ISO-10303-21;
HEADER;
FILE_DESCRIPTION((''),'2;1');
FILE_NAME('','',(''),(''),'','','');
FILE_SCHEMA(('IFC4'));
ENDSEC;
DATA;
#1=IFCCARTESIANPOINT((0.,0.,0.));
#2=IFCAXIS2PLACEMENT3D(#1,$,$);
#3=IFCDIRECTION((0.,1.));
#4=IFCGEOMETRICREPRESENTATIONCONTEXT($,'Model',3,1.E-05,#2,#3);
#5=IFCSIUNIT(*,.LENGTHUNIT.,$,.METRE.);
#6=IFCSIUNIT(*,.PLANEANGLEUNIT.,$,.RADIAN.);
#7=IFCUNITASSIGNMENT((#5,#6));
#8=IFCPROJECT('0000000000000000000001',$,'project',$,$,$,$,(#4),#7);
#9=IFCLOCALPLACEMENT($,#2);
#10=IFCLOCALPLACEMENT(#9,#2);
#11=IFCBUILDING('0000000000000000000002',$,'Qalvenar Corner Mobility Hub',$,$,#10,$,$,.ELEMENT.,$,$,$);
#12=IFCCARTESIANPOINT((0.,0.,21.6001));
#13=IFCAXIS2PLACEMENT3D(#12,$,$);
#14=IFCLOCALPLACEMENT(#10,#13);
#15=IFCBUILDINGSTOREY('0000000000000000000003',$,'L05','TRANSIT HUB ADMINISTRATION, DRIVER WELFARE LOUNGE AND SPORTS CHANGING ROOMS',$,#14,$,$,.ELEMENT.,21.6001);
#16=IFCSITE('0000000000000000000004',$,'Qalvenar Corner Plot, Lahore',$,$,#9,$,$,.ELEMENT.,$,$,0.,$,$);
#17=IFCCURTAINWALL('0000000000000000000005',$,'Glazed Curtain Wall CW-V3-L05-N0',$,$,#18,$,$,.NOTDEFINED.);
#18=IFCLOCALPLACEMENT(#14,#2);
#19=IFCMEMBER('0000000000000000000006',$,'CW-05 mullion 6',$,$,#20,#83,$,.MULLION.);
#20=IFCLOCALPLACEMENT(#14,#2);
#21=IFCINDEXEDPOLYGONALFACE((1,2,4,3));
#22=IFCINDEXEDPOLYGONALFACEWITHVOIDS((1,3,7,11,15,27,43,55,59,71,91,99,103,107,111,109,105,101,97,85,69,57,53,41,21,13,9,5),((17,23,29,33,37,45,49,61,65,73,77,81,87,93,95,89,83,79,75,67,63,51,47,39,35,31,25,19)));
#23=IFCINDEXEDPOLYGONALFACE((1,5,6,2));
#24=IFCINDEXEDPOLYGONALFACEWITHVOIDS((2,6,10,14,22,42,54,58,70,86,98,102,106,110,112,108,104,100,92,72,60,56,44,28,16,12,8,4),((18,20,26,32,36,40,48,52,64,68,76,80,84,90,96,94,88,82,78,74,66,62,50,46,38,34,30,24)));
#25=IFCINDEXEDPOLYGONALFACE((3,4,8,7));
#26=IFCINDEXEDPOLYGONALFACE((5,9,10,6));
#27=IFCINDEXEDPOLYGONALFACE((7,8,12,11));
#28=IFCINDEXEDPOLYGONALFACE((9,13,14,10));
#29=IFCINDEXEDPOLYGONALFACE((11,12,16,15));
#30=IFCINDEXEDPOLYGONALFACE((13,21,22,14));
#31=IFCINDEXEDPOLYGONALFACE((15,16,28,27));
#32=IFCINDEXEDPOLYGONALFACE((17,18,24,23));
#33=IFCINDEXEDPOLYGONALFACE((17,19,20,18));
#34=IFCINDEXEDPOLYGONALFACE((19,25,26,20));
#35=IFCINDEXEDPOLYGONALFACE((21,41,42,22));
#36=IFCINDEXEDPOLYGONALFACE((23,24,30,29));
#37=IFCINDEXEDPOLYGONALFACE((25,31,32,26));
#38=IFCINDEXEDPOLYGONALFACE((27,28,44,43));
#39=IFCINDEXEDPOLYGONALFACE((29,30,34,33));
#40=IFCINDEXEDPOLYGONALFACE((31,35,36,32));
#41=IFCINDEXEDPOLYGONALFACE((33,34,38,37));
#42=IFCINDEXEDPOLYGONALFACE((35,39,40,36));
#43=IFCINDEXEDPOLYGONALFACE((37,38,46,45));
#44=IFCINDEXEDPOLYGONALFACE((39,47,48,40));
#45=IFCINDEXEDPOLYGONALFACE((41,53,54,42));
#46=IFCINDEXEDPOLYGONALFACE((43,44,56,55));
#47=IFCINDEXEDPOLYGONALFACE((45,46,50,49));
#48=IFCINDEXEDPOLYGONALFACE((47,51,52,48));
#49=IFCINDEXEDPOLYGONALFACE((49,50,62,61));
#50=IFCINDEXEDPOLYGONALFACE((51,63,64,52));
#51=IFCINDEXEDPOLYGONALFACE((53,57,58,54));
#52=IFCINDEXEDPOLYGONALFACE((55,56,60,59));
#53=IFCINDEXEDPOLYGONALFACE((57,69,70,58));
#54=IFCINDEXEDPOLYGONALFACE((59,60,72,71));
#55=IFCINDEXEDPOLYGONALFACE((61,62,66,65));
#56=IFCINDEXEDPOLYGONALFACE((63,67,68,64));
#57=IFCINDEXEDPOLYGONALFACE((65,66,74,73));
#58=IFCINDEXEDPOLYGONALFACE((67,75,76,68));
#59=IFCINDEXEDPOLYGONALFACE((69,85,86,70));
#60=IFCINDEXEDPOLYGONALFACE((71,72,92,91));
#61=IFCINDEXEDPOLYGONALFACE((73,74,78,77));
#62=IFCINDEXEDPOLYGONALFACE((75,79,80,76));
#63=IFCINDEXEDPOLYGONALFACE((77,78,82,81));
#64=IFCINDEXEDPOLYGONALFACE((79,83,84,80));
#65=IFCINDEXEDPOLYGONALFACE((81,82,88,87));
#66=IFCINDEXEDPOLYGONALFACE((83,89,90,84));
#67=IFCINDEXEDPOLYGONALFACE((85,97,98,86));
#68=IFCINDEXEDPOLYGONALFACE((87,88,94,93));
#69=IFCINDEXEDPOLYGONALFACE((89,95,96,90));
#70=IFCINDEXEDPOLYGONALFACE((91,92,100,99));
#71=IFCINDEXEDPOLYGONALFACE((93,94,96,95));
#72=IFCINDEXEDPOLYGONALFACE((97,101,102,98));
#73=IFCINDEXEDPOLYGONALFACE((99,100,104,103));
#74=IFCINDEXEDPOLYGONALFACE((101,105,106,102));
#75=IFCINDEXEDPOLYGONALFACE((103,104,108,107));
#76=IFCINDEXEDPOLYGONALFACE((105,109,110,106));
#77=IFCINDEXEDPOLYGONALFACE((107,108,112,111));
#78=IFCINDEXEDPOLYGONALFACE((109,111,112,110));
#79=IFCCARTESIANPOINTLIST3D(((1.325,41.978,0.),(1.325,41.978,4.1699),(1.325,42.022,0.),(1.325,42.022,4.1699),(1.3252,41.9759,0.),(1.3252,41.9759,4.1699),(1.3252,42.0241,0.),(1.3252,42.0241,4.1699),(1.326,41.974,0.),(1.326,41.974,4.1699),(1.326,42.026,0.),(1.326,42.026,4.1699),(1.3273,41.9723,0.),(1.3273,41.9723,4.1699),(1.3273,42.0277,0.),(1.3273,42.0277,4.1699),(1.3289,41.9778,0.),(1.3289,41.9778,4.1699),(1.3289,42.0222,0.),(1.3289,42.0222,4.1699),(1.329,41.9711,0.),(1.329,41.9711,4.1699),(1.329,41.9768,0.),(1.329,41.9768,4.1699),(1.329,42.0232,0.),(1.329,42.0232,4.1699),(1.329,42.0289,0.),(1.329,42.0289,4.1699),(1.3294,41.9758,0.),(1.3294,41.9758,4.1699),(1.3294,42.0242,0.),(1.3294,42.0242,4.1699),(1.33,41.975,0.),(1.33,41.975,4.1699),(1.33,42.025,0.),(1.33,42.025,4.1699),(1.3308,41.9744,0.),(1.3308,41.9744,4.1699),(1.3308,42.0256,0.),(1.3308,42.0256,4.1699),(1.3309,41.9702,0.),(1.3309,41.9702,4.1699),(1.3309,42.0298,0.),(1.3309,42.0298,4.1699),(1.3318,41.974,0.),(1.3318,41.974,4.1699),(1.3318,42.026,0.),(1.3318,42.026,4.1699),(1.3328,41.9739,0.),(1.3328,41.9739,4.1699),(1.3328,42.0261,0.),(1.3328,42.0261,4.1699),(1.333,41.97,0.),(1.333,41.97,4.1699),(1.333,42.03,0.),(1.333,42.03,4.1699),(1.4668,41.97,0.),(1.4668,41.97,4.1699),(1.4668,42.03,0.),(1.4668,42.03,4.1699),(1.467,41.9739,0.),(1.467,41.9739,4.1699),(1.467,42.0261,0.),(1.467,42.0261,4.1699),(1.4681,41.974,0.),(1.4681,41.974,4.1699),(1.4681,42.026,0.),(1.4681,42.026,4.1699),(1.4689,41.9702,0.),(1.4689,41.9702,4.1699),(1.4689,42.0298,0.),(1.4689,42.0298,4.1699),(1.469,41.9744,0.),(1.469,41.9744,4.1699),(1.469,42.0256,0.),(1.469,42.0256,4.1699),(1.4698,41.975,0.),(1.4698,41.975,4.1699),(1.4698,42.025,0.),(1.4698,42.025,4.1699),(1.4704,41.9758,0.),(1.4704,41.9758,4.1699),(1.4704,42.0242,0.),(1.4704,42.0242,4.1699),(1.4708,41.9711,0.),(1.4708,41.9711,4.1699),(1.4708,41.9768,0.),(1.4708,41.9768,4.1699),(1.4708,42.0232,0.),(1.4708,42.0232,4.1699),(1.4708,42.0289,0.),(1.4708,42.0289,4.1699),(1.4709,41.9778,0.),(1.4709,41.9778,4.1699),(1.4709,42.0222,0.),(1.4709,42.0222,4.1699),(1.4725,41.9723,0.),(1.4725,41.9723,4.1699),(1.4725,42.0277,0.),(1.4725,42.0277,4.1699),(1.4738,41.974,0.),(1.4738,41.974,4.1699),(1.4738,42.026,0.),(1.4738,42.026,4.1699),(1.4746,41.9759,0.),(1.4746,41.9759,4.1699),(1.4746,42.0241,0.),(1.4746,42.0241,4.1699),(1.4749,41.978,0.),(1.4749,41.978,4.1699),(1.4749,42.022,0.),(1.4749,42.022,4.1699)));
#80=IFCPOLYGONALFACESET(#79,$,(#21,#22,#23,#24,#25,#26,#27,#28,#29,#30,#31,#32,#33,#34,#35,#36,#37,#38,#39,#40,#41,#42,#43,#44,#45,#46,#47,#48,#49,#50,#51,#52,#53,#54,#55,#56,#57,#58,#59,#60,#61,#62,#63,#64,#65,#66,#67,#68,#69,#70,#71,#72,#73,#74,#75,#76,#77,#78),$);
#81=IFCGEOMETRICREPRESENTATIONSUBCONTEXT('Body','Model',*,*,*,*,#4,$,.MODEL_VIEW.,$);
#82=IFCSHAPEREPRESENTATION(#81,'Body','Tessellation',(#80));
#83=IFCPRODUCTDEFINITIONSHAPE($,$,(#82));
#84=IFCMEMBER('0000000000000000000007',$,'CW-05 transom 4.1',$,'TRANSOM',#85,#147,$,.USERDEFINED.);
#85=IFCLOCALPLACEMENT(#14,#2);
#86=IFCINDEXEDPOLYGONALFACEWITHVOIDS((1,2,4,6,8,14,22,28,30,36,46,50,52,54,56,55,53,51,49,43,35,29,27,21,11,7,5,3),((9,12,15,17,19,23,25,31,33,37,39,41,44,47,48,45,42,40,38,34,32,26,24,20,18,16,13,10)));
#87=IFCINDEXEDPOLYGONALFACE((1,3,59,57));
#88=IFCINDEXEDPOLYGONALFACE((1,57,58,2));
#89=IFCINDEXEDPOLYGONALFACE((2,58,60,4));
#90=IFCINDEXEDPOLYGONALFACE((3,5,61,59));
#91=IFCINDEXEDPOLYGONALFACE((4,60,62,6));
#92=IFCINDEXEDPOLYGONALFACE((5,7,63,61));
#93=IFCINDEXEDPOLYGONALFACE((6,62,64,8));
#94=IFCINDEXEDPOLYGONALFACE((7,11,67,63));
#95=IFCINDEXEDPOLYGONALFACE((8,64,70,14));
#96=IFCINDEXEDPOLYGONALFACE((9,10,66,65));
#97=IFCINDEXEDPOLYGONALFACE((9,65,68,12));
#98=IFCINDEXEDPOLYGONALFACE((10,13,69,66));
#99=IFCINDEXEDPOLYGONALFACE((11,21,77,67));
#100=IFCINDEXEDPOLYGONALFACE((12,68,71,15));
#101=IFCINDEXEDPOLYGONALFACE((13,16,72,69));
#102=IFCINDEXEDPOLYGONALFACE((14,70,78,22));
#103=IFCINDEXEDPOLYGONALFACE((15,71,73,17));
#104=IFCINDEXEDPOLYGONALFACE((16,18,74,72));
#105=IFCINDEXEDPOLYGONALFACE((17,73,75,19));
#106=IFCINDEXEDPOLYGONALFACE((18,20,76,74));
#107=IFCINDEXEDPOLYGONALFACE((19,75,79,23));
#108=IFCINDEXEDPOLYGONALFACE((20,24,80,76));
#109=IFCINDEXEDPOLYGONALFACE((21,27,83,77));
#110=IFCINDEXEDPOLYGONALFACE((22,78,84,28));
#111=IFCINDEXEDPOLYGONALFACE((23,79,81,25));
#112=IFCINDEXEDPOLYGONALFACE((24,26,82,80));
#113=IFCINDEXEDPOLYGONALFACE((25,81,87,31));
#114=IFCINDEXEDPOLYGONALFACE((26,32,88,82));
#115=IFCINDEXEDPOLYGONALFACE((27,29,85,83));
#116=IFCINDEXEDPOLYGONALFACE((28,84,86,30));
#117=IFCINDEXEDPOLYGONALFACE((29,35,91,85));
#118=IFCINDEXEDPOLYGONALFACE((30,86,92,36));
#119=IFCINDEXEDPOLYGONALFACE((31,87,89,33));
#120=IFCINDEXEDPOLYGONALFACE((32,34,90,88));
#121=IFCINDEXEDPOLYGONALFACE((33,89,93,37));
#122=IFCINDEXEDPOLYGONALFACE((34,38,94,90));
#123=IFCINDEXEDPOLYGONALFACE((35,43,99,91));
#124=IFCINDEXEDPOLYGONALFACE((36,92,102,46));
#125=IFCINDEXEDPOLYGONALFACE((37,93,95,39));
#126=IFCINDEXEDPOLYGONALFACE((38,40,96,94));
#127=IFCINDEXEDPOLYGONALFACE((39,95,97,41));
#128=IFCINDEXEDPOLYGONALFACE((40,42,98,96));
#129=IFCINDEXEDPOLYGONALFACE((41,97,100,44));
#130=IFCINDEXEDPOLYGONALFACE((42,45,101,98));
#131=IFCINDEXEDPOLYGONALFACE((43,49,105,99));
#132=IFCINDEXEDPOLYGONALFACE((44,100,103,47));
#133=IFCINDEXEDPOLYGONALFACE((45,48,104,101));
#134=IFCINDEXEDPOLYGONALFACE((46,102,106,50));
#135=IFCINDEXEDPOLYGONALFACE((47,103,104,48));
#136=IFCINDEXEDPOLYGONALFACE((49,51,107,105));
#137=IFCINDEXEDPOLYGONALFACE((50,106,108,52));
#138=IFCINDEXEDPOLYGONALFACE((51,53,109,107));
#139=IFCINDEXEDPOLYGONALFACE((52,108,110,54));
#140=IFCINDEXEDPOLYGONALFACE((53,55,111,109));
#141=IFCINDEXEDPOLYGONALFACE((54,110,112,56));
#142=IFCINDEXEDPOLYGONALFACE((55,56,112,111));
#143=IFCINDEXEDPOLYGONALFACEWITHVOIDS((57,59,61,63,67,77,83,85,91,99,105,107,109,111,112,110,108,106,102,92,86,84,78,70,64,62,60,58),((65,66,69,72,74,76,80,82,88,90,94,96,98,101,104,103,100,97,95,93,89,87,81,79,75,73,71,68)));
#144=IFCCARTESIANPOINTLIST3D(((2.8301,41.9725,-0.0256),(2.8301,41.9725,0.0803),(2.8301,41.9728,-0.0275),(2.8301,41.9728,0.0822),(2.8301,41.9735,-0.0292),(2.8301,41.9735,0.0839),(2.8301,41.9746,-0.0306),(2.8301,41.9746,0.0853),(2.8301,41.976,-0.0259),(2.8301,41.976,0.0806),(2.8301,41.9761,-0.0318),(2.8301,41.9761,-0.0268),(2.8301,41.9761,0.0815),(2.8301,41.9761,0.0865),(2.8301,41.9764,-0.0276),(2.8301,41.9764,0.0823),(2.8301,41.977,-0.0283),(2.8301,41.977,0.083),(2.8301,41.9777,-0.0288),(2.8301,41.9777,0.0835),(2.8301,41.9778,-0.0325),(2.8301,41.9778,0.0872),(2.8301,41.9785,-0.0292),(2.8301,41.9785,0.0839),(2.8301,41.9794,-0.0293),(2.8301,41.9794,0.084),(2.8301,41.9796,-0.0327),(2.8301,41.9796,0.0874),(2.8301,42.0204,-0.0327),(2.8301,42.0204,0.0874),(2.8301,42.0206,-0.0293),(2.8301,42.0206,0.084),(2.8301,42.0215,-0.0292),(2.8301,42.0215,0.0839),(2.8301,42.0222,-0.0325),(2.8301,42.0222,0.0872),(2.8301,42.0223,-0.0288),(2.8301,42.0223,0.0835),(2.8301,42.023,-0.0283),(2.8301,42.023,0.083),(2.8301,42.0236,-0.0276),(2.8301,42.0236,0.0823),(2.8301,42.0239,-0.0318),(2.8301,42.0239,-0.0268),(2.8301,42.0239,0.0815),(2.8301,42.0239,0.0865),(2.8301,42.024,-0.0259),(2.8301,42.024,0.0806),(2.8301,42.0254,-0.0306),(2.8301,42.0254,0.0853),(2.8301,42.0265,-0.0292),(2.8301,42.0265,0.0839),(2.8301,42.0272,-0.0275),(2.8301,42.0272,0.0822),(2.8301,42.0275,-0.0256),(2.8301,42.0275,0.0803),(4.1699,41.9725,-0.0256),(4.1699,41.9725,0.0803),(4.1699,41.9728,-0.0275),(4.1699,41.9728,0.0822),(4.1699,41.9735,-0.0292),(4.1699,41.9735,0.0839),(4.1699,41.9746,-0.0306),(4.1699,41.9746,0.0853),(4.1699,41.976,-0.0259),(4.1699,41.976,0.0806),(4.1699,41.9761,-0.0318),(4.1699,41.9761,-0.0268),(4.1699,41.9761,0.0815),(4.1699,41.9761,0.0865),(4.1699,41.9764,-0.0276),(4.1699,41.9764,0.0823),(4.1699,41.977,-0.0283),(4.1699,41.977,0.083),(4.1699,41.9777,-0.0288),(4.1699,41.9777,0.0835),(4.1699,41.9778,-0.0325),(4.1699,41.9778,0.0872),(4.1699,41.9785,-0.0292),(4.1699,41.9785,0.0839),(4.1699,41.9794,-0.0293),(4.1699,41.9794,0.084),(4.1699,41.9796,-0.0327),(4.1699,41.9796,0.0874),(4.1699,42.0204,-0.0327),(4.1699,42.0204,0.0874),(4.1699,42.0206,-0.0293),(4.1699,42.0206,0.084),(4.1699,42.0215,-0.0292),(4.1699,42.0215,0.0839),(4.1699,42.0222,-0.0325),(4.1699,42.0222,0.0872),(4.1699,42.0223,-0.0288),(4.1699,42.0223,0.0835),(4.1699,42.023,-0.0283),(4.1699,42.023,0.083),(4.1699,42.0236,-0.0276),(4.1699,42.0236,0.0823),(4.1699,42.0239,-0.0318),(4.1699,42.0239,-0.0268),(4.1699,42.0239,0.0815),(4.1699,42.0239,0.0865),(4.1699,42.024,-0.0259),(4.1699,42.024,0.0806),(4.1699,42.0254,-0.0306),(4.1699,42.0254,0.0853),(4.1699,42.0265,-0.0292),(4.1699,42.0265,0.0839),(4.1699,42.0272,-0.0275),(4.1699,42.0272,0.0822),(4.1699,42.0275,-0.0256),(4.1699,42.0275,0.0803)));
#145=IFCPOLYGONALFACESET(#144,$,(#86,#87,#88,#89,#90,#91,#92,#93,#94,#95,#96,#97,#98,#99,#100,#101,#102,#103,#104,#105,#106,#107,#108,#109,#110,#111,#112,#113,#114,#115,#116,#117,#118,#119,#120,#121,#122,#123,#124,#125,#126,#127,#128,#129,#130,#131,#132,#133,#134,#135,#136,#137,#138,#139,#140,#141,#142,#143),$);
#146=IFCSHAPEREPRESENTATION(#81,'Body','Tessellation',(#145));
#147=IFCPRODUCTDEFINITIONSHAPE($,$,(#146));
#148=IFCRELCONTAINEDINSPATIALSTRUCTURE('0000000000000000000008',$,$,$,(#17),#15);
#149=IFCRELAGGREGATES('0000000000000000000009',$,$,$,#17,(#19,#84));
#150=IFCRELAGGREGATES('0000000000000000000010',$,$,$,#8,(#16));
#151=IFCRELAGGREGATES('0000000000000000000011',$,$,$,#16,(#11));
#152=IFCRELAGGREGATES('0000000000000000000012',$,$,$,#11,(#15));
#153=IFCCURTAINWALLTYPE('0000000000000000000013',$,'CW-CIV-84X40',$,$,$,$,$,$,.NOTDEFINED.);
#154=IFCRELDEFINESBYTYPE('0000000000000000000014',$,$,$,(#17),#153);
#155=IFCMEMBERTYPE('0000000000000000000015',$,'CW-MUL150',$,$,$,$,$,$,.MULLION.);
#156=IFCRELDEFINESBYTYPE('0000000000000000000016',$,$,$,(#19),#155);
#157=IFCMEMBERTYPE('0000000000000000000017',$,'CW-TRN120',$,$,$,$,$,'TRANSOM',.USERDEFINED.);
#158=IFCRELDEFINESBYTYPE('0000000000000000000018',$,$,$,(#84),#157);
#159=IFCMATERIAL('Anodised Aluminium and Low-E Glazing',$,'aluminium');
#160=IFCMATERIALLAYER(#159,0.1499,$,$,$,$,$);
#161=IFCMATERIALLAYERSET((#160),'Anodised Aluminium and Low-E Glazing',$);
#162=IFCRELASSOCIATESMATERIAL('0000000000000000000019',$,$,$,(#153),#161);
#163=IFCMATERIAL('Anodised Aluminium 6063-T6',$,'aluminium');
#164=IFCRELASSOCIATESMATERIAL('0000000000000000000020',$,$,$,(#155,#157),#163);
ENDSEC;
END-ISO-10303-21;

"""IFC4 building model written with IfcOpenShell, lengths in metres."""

from ifc_helpers import new_model, si_unit, direction, frame, origin, origin_2d, place, context, subcontext, project, spatial, hollow_rectangle, extrude, material, layer, layer_set, material_profile, profile_set, type_object, element, aggregate, save


model = new_model("IFC4")

# Units and contexts
model_context = context("Model", 3, precision=1e-05, world=origin(), true_north=direction((0.0, 1.0)))
body_context = subcontext(model_context, "Body", "Model", "MODEL_VIEW")
ifc_project = project(units=[si_unit("LENGTHUNIT", "METRE"), si_unit("PLANEANGLEUNIT", "RADIAN")], contexts=[model_context])

# Site, building, storey
site_placement = place(None, origin())
site = spatial("IfcSite", under=ifc_project, at=site_placement, Name="Qalvenar Corner Plot, Lahore", CompositionType="ELEMENT", RefElevation=0.0)
building_placement = place(site_placement, origin())
building = spatial("IfcBuilding", under=site, at=building_placement, Name="Qalvenar Corner Mobility Hub", CompositionType="ELEMENT")
storey_placement = place(building_placement, frame((0.0, 0.0, 21.6001)))
storey = spatial("IfcBuildingStorey", under=building, at=storey_placement, Name="L05", Description="TRANSIT HUB ADMINISTRATION, DRIVER WELFARE LOUNGE AND SPORTS CHANGING ROOMS", CompositionType="ELEMENT", Elevation=21.6001)

# Curtain wall, members
ifc_material_1 = material(Name="Anodised Aluminium and Low-E Glazing", Category="aluminium")
ifc_layer_1 = layer(ifc_material_1, 0.1499)
ifc_layer_set_1 = layer_set([ifc_layer_1], Name="Anodised Aluminium and Low-E Glazing")
curtain_wall_type = type_object("IfcCurtainWallType", Name="CW-CIV-84X40", PredefinedType="NOTDEFINED", material=ifc_layer_set_1)
curtain_wall_placement = place(storey_placement, origin())
curtain_wall = element("IfcCurtainWall", 1, at=curtain_wall_placement, inside=storey, type_object=curtain_wall_type, Name="Glazed Curtain Wall CW-V3-L05-N0", PredefinedType="NOTDEFINED")
ifc_material_2 = material(Name="Anodised Aluminium 6063-T6", Category="aluminium")
ifc_material_profile_1 = material_profile(ifc_material_2, hollow_rectangle(XDim=0.0601, YDim=0.1499, WallThickness=0.0039, InnerFilletRadius=0.0039, OuterFilletRadius=0.0081, at=origin_2d()), Name="RHS150x60x4")
ifc_profile_set_1 = profile_set([ifc_material_profile_1], Name="Anodised Aluminium 6063-T6")
member_type_1 = type_object("IfcMemberType", Name="CW-MUL150", PredefinedType="MULLION", material=ifc_profile_set_1)
member_1_placement = place(storey_placement, frame((1.3999, 42.0, 0.0), z_axis=(0.0, 0.0, 1.0), x_axis=(0.0, -1.0, 0.0)))
member_1 = element("IfcMember", 2, at=member_1_placement, type_object=member_type_1, Name="CW-05 mullion 6", PredefinedType="MULLION", context=body_context, shape_type="SweptSolid", body=[
    extrude(hollow_rectangle(XDim=0.0601, YDim=0.1499, WallThickness=0.0039, InnerFilletRadius=0.0039, OuterFilletRadius=0.0081, at=origin_2d()), origin(), (0.0, 0.0, 1.0), 4.1699),
])
ifc_material_profile_2 = material_profile(ifc_material_2, hollow_rectangle(XDim=0.0549, YDim=0.1201, WallThickness=0.0034, InnerFilletRadius=0.0034, OuterFilletRadius=0.0071, at=origin_2d()), Name="RHS120x55x3.5")
ifc_profile_set_2 = profile_set([ifc_material_profile_2], Name="Anodised Aluminium 6063-T6")
member_type_2 = type_object("IfcMemberType", Name="CW-TRN120", ElementType="TRANSOM", PredefinedType="USERDEFINED", material=ifc_profile_set_2)
member_2_placement = place(storey_placement, frame((4.1699, 42.0, 0.0273), z_axis=(-1.0, 0.0, 0.0), x_axis=(0.0, -1.0, 0.0)))
member_2 = element("IfcMember", 3, at=member_2_placement, type_object=member_type_2, Name="CW-05 transom 4.1", ObjectType="TRANSOM", PredefinedType="USERDEFINED", context=body_context, shape_type="SweptSolid", body=[
    extrude(hollow_rectangle(XDim=0.0549, YDim=0.1201, WallThickness=0.0034, InnerFilletRadius=0.0034, OuterFilletRadius=0.0071, at=origin_2d()), origin(), (0.0, 0.0, 1.0), 1.3398),
])
aggregate(curtain_wall, [member_1, member_2])

save(model, "model.ifc")
